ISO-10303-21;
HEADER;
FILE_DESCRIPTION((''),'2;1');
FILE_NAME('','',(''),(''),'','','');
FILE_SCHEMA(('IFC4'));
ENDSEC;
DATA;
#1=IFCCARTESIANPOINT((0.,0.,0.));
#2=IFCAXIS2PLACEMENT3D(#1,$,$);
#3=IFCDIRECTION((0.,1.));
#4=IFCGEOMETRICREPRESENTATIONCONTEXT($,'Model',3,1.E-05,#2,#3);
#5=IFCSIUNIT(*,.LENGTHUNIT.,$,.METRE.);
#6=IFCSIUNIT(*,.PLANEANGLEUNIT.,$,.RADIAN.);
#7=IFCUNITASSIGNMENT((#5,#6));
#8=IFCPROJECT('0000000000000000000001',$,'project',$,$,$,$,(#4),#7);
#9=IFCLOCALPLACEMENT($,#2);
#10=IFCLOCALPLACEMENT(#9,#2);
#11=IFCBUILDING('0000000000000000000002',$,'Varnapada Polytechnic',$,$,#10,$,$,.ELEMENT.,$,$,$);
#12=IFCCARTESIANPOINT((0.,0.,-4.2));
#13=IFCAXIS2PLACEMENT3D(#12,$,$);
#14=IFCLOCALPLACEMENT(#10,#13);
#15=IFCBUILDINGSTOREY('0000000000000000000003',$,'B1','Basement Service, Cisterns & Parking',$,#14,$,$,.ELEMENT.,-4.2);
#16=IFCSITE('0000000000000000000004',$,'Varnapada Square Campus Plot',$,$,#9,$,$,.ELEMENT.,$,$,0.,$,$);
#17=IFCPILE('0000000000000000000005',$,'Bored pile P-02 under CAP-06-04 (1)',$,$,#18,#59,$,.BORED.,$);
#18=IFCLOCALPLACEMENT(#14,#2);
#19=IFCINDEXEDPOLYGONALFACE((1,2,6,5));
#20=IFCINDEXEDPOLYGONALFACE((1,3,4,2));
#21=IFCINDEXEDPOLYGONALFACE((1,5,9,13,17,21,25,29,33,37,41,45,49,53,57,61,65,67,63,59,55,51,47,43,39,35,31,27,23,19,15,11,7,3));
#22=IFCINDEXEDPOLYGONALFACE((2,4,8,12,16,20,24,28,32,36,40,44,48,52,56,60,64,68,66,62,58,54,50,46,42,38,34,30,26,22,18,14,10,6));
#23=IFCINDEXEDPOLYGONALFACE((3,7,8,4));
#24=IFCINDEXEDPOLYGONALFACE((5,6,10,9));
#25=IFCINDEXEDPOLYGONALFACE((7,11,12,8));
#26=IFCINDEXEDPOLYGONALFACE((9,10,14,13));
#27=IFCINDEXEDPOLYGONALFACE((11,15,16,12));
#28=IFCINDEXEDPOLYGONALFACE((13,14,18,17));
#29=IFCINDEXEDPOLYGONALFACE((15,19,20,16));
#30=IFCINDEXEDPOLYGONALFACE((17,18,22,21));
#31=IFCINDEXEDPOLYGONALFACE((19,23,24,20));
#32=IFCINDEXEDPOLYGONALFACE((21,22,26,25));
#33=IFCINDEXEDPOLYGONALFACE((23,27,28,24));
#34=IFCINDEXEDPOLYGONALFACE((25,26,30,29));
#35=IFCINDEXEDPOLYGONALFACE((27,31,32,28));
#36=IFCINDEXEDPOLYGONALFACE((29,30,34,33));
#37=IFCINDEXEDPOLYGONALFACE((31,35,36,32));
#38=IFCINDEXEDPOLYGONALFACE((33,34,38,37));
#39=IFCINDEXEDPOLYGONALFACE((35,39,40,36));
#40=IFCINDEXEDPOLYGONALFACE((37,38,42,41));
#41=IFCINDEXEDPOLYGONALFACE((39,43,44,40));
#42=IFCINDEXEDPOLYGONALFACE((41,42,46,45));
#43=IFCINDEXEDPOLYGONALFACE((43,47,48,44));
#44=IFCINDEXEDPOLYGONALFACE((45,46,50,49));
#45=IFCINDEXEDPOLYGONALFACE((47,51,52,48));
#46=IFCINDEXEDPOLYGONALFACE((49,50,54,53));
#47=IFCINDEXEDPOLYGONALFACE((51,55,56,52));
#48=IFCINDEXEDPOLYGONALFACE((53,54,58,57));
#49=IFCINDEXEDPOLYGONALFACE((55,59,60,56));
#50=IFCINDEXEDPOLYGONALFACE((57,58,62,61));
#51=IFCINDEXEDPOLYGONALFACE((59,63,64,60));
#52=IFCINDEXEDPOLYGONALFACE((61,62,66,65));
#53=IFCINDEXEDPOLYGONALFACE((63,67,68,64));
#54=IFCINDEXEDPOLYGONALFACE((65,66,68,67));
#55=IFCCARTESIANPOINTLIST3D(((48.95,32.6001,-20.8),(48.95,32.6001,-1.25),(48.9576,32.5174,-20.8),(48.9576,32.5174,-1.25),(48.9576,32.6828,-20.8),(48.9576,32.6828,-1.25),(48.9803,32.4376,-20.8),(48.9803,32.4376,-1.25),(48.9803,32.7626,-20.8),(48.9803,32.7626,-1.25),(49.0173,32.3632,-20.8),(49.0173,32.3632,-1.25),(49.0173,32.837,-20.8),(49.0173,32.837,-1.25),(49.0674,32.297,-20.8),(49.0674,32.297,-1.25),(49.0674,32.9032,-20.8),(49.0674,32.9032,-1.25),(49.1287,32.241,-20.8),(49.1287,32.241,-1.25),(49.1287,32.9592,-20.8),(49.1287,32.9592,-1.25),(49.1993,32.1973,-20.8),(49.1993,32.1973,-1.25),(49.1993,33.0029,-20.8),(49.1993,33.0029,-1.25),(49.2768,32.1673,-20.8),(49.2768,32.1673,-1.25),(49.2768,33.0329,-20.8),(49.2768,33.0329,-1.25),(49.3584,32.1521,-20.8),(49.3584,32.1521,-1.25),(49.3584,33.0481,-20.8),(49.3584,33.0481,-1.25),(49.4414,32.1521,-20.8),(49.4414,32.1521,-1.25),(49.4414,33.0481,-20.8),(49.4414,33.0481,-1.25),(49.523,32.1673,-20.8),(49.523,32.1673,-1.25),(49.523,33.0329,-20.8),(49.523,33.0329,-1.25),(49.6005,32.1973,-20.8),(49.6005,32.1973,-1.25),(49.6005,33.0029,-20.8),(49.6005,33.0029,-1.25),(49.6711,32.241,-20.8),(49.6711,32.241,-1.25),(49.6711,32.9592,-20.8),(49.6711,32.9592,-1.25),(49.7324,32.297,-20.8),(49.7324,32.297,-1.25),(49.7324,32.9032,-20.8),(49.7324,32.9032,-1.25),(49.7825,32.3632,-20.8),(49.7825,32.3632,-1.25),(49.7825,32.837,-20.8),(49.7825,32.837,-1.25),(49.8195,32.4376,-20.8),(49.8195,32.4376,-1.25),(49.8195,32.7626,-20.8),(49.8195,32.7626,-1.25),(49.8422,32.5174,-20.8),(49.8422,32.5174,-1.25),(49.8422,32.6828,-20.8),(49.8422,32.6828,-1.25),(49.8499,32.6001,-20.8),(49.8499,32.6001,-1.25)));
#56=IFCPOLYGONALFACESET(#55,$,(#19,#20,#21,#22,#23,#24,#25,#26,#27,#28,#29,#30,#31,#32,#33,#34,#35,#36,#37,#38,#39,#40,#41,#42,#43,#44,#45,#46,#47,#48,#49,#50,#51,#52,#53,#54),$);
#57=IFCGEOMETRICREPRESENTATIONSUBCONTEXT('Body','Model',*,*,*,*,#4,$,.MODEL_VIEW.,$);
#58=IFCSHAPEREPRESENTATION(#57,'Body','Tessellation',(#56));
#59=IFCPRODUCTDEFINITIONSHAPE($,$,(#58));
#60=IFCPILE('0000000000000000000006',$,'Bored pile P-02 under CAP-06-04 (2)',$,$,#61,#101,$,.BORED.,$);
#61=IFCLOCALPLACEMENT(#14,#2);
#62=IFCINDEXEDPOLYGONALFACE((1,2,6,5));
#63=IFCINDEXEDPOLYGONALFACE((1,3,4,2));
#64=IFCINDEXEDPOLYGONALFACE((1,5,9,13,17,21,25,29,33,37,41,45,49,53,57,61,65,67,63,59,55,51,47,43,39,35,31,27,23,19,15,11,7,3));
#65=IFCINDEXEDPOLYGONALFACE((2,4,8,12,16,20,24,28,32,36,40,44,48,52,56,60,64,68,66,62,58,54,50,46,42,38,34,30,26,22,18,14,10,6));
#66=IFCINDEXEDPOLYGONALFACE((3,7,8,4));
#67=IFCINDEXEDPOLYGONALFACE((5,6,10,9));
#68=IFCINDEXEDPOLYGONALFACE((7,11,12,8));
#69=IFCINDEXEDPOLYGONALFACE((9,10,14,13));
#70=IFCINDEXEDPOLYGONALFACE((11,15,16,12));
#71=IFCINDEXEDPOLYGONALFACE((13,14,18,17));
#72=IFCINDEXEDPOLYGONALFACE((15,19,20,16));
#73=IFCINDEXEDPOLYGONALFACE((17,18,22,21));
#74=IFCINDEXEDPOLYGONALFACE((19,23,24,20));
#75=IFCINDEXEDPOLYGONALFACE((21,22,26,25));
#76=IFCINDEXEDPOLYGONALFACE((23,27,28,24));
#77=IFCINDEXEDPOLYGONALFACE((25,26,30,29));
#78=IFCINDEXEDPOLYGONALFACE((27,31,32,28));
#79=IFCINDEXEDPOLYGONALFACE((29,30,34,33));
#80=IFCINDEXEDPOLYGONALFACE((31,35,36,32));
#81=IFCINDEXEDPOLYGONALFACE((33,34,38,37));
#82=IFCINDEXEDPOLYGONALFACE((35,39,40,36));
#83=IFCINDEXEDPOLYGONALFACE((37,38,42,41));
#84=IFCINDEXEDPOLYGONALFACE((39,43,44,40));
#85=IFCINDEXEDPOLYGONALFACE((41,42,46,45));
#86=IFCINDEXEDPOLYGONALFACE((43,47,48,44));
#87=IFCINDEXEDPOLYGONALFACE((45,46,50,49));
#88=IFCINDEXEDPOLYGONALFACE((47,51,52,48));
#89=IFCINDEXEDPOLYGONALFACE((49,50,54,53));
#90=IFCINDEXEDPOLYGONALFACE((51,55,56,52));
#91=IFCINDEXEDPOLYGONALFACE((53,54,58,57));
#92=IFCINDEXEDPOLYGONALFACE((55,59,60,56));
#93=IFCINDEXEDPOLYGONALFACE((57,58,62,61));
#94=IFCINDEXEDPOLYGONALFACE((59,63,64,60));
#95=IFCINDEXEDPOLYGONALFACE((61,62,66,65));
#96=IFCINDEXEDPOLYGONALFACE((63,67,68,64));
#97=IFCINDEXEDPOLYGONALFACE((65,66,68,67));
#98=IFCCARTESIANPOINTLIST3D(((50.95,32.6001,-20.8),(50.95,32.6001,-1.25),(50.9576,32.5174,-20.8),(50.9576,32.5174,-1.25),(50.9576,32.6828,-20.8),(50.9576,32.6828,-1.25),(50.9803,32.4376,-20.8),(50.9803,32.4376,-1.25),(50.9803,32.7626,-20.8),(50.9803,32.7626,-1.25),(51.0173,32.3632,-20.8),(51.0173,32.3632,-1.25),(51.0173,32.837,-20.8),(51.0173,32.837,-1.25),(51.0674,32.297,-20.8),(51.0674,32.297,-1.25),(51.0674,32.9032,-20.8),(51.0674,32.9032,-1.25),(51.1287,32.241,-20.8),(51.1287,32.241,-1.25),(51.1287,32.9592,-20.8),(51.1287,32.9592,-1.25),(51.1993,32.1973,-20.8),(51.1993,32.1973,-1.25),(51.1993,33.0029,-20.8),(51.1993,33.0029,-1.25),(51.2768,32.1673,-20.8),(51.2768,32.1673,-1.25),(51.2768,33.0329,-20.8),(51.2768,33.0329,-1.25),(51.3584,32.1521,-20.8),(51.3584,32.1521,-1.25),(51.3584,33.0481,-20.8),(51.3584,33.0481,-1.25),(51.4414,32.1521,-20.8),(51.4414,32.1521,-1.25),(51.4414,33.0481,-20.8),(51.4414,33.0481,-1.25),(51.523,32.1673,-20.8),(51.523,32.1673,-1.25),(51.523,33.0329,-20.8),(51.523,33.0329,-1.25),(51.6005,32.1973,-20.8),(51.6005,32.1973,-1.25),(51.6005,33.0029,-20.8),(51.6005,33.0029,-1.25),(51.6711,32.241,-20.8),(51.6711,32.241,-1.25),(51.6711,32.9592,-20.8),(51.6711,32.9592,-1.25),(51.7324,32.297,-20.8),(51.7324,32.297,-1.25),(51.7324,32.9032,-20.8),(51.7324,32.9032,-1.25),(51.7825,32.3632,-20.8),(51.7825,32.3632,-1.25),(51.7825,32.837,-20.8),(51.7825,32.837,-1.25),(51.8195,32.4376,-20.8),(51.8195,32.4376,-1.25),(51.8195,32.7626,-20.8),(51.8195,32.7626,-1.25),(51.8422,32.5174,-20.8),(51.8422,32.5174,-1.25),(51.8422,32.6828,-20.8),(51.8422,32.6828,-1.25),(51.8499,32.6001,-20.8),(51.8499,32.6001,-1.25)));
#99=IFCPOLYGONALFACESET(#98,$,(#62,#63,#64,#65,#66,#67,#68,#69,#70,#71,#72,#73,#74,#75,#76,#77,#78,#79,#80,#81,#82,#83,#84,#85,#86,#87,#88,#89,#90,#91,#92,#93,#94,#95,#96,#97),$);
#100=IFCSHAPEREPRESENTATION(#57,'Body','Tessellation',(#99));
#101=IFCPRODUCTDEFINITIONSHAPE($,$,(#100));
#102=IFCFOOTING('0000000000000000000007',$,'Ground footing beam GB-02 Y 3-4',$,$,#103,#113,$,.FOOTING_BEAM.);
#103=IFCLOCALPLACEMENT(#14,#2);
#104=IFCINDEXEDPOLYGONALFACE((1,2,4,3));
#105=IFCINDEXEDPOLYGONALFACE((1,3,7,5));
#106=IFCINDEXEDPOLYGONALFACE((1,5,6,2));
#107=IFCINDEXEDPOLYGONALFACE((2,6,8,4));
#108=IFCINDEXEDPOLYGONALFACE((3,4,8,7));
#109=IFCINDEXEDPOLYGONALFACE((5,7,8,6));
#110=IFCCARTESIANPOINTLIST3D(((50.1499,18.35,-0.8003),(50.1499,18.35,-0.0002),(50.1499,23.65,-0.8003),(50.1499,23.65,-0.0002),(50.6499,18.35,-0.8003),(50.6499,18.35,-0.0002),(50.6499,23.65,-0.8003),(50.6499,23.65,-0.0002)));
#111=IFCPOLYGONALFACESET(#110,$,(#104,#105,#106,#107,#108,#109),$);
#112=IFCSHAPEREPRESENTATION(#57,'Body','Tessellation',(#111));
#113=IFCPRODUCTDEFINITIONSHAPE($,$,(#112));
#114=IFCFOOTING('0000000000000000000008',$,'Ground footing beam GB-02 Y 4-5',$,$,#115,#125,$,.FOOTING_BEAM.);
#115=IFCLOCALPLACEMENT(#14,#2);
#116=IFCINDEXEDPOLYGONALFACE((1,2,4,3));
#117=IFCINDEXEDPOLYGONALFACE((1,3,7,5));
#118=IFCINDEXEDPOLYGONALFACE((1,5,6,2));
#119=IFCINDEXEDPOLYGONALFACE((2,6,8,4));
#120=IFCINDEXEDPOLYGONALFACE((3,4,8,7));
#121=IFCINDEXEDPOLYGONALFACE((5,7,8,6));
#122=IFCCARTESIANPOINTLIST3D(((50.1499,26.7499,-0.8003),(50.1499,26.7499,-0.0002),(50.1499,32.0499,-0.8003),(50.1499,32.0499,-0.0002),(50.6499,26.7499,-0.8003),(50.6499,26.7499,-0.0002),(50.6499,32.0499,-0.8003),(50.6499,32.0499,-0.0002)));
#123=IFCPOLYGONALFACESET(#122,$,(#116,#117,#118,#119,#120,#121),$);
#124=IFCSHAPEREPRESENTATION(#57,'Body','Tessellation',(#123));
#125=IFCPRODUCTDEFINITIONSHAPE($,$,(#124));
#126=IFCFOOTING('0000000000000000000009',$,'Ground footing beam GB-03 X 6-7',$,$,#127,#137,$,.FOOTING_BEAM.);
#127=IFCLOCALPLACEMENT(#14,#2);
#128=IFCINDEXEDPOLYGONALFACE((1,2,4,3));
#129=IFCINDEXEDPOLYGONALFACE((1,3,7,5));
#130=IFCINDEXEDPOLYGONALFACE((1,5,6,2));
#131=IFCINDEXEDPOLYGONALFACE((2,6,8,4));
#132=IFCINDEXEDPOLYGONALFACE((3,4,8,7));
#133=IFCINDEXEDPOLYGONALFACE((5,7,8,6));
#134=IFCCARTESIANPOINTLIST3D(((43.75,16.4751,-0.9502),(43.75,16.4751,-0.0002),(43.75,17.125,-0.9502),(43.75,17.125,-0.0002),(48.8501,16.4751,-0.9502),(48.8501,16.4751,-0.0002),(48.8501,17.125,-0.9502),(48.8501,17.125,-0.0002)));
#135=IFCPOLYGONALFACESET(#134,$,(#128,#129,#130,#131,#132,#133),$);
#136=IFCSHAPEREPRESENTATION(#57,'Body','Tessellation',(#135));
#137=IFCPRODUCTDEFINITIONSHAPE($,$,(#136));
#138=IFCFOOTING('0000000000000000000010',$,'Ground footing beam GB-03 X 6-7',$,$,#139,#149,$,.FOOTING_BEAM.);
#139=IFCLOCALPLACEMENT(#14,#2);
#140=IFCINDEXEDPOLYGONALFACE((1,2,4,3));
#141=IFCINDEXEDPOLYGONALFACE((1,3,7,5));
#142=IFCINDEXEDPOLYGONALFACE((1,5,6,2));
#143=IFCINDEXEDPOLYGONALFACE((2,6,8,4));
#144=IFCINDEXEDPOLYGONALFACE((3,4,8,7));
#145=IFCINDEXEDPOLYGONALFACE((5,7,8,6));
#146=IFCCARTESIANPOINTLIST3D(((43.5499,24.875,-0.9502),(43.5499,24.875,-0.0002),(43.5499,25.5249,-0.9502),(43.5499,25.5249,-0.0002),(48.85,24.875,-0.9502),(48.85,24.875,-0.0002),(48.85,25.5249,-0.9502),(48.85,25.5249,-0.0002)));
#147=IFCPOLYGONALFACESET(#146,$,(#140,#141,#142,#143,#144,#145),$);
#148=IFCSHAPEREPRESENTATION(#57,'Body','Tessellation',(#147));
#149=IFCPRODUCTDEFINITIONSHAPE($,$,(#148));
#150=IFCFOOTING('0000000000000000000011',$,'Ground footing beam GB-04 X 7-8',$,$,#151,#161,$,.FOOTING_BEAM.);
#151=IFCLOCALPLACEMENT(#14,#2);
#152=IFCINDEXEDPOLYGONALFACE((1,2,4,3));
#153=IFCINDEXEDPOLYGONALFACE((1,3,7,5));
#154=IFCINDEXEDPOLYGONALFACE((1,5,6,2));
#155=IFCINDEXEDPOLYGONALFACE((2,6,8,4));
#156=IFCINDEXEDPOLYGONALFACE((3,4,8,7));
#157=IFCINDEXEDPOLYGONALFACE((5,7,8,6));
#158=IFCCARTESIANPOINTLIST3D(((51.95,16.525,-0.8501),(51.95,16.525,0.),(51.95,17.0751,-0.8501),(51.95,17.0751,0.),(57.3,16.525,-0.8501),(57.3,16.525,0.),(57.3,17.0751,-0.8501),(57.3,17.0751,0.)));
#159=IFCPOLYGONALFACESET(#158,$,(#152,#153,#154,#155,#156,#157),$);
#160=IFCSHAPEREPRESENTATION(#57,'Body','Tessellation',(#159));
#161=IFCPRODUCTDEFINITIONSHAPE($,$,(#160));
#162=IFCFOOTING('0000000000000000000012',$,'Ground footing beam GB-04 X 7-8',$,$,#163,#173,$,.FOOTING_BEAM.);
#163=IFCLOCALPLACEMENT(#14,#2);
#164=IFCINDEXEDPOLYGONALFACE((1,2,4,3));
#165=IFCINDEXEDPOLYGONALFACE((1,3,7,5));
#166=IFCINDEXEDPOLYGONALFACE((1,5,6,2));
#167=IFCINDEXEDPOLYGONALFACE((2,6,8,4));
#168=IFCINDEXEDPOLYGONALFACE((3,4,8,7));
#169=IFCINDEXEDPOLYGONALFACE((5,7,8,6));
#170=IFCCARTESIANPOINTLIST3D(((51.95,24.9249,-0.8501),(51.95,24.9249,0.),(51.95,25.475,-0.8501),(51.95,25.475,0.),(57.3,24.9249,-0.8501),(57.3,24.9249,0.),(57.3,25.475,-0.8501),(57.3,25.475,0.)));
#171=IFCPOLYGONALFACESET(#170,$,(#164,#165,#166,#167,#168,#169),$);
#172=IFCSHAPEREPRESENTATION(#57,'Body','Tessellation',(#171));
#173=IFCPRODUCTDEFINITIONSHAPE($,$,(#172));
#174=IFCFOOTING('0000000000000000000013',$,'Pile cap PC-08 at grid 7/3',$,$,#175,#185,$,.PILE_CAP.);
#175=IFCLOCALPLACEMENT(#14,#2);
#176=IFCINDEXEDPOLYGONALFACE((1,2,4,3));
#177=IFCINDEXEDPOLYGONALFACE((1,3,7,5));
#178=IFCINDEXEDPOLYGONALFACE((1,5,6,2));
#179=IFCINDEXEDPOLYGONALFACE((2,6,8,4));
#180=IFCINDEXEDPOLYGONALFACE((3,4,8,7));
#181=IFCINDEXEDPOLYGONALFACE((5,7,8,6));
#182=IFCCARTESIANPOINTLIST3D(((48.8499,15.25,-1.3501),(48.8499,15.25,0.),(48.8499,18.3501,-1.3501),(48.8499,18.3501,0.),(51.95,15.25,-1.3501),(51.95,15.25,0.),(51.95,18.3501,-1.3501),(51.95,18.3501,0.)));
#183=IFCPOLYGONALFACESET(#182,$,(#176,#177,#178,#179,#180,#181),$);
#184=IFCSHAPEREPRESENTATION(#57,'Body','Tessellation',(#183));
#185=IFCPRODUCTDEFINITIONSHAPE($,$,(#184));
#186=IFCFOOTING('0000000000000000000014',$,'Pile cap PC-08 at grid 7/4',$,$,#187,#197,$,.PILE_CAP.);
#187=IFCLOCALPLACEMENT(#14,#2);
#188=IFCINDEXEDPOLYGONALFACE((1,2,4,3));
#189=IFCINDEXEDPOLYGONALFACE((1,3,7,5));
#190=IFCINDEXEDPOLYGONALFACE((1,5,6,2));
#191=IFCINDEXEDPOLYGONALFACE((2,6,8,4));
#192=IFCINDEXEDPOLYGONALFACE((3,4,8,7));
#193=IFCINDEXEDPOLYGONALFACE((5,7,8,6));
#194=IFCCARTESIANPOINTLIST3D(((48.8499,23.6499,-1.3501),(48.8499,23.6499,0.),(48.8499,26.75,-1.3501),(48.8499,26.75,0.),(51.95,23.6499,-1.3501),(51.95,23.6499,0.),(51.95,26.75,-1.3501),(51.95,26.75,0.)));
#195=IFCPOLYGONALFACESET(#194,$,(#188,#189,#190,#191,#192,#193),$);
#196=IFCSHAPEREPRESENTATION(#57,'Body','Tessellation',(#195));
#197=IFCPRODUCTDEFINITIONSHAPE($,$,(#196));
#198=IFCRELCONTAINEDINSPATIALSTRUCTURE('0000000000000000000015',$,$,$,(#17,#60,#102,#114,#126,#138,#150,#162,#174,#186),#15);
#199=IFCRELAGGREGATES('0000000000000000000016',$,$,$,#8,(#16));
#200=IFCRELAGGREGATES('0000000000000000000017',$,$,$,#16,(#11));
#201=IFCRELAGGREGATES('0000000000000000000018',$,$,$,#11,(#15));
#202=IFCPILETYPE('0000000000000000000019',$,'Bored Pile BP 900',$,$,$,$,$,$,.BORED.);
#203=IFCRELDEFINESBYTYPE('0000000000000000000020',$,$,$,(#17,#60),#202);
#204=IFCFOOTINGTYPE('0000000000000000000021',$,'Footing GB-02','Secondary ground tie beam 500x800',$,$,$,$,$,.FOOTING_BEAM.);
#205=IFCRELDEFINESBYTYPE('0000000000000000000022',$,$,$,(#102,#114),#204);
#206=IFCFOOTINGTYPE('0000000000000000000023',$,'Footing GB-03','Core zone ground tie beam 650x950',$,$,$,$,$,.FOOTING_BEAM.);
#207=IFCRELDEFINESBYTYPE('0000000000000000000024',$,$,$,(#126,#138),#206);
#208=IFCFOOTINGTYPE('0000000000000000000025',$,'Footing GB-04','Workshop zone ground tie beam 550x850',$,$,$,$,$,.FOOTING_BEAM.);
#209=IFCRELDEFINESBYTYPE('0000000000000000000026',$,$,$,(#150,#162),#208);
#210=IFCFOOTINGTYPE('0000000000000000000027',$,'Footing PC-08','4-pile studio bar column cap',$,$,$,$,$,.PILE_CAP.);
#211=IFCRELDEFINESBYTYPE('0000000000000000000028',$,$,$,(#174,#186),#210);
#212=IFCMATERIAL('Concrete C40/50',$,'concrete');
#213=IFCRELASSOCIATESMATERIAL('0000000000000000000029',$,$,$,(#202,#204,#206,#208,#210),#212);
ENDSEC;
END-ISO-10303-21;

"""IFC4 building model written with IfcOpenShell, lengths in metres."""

from ifc_helpers import new_model, si_unit, direction, frame, origin, origin_2d, place, context, subcontext, project, spatial, rectangle, circle, extrude, material, material_profile, profile_set, type_object, element, save


model = new_model("IFC4")

# Units and contexts
model_context = context("Model", 3, precision=1e-05, world=origin(), true_north=direction((0.0, 1.0)))
body_context = subcontext(model_context, "Body", "Model", "MODEL_VIEW")
ifc_project = project(units=[si_unit("LENGTHUNIT", "METRE"), si_unit("PLANEANGLEUNIT", "RADIAN")], contexts=[model_context])

# Site, building, storey
site_placement = place(None, origin())
site = spatial("IfcSite", under=ifc_project, at=site_placement, Name="Varnapada Square Campus Plot", CompositionType="ELEMENT", RefElevation=0.0)
building_placement = place(site_placement, origin())
building = spatial("IfcBuilding", under=site, at=building_placement, Name="Varnapada Polytechnic", CompositionType="ELEMENT")
storey_placement = place(building_placement, frame((0.0, 0.0, -4.2)))
storey = spatial("IfcBuildingStorey", under=building, at=storey_placement, Name="B1", Description="Basement Service, Cisterns & Parking", CompositionType="ELEMENT", Elevation=-4.2)

# Piles
ifc_material_1 = material(Name="Concrete C40/50", Category="concrete")
ifc_material_profile_1 = material_profile(ifc_material_1, circle(Radius=0.45, at=origin_2d()), Name="BP 900")
ifc_profile_set_1 = profile_set([ifc_material_profile_1], Name="Concrete C40/50")
pile_type = type_object("IfcPileType", Name="Bored Pile BP 900", PredefinedType="BORED", material=ifc_profile_set_1)
for number, where, z_axis, x_axis, name in (
    (1, (49.3999, 32.6001, -1.25), (0.0, 0.0, -1.0), (1.0, 0.0, 0.0), "Bored pile P-02 under CAP-06-04 (1)"),
    (2, (51.3999, 32.6001, -1.25), (0.0, 0.0, -1.0), (1.0, 0.0, 0.0), "Bored pile P-02 under CAP-06-04 (2)"),
):
    element("IfcPile", number, at=place(storey_placement, frame(where, z_axis=z_axis, x_axis=x_axis)), inside=storey, type_object=pile_type, Name=name, PredefinedType="BORED", context=body_context, shape_type="SweptSolid", body=[
        extrude(circle(Radius=0.45, at=origin_2d()), origin(), (0.0, 0.0, 1.0), 19.55),
    ])

# Footings
footing_type_1 = type_object("IfcFootingType", Name="Footing GB-02", Description="Secondary ground tie beam 500x800", PredefinedType="FOOTING_BEAM", material=ifc_material_1)
for number, where, z_axis, x_axis, name in (
    (3, (50.3999, 21.0, -0.8003), (0.0, 0.0, 1.0), (0.0, 1.0, 0.0), "Ground footing beam GB-02 Y 3-4"),
    (4, (50.3999, 29.3999, -0.8003), (0.0, 0.0, 1.0), (0.0, 1.0, 0.0), "Ground footing beam GB-02 Y 4-5"),
):
    element("IfcFooting", number, at=place(storey_placement, frame(where, z_axis=z_axis, x_axis=x_axis)), inside=storey, type_object=footing_type_1, Name=name, PredefinedType="FOOTING_BEAM", context=body_context, shape_type="SweptSolid", body=[
        extrude(rectangle(XDim=5.3, YDim=0.5, at=origin_2d()), origin(), (0.0, 0.0, 1.0), 0.8),
    ])
footing_type_2 = type_object("IfcFootingType", Name="Footing GB-03", Description="Core zone ground tie beam 650x950", PredefinedType="FOOTING_BEAM", material=ifc_material_1)
footing_1_placement = place(storey_placement, frame((46.3, 16.8, -0.9502), z_axis=(0.0, 0.0, 1.0), x_axis=(1.0, 0.0, 0.0)))
element("IfcFooting", 5, at=footing_1_placement, inside=storey, type_object=footing_type_2, Name="Ground footing beam GB-03 X 6-7", PredefinedType="FOOTING_BEAM", context=body_context, shape_type="SweptSolid", body=[
    extrude(rectangle(XDim=5.1001, YDim=0.6499, at=origin_2d()), origin(), (0.0, 0.0, 1.0), 0.95),
])
footing_2_placement = place(storey_placement, frame((46.2, 25.2, -0.9502), z_axis=(0.0, 0.0, 1.0), x_axis=(1.0, 0.0, 0.0)))
element("IfcFooting", 6, at=footing_2_placement, inside=storey, type_object=footing_type_2, Name="Ground footing beam GB-03 X 6-7", PredefinedType="FOOTING_BEAM", context=body_context, shape_type="SweptSolid", body=[
    extrude(rectangle(XDim=5.3, YDim=0.6499, at=origin_2d()), origin(), (0.0, 0.0, 1.0), 0.95),
])
footing_type_3 = type_object("IfcFootingType", Name="Footing GB-04", Description="Workshop zone ground tie beam 550x850", PredefinedType="FOOTING_BEAM", material=ifc_material_1)
for number, where, z_axis, x_axis, name in (
    (7, (54.625, 16.8, -0.8501), (0.0, 0.0, 1.0), (1.0, 0.0, 0.0), "Ground footing beam GB-04 X 7-8"),
    (8, (54.625, 25.2, -0.8501), (0.0, 0.0, 1.0), (1.0, 0.0, 0.0), "Ground footing beam GB-04 X 7-8"),
):
    element("IfcFooting", number, at=place(storey_placement, frame(where, z_axis=z_axis, x_axis=x_axis)), inside=storey, type_object=footing_type_3, Name=name, PredefinedType="FOOTING_BEAM", context=body_context, shape_type="SweptSolid", body=[
        extrude(rectangle(XDim=5.3501, YDim=0.55, at=origin_2d()), origin(), (0.0, 0.0, 1.0), 0.8501),
    ])
footing_type_4 = type_object("IfcFootingType", Name="Footing PC-08", Description="4-pile studio bar column cap", PredefinedType="PILE_CAP", material=ifc_material_1)
for number, where, z_axis, x_axis, name in (
    (9, (50.3999, 16.8, -1.3501), (0.0, 0.0, 1.0), (1.0, 0.0, 0.0), "Pile cap PC-08 at grid 7/3"),
    (10, (50.3999, 25.2, -1.3501), (0.0, 0.0, 1.0), (1.0, 0.0, 0.0), "Pile cap PC-08 at grid 7/4"),
):
    element("IfcFooting", number, at=place(storey_placement, frame(where, z_axis=z_axis, x_axis=x_axis)), inside=storey, type_object=footing_type_4, Name=name, PredefinedType="PILE_CAP", context=body_context, shape_type="SweptSolid", body=[
        extrude(rectangle(XDim=3.1001, YDim=3.1001, at=origin_2d()), origin(), (0.0, 0.0, 1.0), 1.3501),
    ])

save(model, "model.ifc")
